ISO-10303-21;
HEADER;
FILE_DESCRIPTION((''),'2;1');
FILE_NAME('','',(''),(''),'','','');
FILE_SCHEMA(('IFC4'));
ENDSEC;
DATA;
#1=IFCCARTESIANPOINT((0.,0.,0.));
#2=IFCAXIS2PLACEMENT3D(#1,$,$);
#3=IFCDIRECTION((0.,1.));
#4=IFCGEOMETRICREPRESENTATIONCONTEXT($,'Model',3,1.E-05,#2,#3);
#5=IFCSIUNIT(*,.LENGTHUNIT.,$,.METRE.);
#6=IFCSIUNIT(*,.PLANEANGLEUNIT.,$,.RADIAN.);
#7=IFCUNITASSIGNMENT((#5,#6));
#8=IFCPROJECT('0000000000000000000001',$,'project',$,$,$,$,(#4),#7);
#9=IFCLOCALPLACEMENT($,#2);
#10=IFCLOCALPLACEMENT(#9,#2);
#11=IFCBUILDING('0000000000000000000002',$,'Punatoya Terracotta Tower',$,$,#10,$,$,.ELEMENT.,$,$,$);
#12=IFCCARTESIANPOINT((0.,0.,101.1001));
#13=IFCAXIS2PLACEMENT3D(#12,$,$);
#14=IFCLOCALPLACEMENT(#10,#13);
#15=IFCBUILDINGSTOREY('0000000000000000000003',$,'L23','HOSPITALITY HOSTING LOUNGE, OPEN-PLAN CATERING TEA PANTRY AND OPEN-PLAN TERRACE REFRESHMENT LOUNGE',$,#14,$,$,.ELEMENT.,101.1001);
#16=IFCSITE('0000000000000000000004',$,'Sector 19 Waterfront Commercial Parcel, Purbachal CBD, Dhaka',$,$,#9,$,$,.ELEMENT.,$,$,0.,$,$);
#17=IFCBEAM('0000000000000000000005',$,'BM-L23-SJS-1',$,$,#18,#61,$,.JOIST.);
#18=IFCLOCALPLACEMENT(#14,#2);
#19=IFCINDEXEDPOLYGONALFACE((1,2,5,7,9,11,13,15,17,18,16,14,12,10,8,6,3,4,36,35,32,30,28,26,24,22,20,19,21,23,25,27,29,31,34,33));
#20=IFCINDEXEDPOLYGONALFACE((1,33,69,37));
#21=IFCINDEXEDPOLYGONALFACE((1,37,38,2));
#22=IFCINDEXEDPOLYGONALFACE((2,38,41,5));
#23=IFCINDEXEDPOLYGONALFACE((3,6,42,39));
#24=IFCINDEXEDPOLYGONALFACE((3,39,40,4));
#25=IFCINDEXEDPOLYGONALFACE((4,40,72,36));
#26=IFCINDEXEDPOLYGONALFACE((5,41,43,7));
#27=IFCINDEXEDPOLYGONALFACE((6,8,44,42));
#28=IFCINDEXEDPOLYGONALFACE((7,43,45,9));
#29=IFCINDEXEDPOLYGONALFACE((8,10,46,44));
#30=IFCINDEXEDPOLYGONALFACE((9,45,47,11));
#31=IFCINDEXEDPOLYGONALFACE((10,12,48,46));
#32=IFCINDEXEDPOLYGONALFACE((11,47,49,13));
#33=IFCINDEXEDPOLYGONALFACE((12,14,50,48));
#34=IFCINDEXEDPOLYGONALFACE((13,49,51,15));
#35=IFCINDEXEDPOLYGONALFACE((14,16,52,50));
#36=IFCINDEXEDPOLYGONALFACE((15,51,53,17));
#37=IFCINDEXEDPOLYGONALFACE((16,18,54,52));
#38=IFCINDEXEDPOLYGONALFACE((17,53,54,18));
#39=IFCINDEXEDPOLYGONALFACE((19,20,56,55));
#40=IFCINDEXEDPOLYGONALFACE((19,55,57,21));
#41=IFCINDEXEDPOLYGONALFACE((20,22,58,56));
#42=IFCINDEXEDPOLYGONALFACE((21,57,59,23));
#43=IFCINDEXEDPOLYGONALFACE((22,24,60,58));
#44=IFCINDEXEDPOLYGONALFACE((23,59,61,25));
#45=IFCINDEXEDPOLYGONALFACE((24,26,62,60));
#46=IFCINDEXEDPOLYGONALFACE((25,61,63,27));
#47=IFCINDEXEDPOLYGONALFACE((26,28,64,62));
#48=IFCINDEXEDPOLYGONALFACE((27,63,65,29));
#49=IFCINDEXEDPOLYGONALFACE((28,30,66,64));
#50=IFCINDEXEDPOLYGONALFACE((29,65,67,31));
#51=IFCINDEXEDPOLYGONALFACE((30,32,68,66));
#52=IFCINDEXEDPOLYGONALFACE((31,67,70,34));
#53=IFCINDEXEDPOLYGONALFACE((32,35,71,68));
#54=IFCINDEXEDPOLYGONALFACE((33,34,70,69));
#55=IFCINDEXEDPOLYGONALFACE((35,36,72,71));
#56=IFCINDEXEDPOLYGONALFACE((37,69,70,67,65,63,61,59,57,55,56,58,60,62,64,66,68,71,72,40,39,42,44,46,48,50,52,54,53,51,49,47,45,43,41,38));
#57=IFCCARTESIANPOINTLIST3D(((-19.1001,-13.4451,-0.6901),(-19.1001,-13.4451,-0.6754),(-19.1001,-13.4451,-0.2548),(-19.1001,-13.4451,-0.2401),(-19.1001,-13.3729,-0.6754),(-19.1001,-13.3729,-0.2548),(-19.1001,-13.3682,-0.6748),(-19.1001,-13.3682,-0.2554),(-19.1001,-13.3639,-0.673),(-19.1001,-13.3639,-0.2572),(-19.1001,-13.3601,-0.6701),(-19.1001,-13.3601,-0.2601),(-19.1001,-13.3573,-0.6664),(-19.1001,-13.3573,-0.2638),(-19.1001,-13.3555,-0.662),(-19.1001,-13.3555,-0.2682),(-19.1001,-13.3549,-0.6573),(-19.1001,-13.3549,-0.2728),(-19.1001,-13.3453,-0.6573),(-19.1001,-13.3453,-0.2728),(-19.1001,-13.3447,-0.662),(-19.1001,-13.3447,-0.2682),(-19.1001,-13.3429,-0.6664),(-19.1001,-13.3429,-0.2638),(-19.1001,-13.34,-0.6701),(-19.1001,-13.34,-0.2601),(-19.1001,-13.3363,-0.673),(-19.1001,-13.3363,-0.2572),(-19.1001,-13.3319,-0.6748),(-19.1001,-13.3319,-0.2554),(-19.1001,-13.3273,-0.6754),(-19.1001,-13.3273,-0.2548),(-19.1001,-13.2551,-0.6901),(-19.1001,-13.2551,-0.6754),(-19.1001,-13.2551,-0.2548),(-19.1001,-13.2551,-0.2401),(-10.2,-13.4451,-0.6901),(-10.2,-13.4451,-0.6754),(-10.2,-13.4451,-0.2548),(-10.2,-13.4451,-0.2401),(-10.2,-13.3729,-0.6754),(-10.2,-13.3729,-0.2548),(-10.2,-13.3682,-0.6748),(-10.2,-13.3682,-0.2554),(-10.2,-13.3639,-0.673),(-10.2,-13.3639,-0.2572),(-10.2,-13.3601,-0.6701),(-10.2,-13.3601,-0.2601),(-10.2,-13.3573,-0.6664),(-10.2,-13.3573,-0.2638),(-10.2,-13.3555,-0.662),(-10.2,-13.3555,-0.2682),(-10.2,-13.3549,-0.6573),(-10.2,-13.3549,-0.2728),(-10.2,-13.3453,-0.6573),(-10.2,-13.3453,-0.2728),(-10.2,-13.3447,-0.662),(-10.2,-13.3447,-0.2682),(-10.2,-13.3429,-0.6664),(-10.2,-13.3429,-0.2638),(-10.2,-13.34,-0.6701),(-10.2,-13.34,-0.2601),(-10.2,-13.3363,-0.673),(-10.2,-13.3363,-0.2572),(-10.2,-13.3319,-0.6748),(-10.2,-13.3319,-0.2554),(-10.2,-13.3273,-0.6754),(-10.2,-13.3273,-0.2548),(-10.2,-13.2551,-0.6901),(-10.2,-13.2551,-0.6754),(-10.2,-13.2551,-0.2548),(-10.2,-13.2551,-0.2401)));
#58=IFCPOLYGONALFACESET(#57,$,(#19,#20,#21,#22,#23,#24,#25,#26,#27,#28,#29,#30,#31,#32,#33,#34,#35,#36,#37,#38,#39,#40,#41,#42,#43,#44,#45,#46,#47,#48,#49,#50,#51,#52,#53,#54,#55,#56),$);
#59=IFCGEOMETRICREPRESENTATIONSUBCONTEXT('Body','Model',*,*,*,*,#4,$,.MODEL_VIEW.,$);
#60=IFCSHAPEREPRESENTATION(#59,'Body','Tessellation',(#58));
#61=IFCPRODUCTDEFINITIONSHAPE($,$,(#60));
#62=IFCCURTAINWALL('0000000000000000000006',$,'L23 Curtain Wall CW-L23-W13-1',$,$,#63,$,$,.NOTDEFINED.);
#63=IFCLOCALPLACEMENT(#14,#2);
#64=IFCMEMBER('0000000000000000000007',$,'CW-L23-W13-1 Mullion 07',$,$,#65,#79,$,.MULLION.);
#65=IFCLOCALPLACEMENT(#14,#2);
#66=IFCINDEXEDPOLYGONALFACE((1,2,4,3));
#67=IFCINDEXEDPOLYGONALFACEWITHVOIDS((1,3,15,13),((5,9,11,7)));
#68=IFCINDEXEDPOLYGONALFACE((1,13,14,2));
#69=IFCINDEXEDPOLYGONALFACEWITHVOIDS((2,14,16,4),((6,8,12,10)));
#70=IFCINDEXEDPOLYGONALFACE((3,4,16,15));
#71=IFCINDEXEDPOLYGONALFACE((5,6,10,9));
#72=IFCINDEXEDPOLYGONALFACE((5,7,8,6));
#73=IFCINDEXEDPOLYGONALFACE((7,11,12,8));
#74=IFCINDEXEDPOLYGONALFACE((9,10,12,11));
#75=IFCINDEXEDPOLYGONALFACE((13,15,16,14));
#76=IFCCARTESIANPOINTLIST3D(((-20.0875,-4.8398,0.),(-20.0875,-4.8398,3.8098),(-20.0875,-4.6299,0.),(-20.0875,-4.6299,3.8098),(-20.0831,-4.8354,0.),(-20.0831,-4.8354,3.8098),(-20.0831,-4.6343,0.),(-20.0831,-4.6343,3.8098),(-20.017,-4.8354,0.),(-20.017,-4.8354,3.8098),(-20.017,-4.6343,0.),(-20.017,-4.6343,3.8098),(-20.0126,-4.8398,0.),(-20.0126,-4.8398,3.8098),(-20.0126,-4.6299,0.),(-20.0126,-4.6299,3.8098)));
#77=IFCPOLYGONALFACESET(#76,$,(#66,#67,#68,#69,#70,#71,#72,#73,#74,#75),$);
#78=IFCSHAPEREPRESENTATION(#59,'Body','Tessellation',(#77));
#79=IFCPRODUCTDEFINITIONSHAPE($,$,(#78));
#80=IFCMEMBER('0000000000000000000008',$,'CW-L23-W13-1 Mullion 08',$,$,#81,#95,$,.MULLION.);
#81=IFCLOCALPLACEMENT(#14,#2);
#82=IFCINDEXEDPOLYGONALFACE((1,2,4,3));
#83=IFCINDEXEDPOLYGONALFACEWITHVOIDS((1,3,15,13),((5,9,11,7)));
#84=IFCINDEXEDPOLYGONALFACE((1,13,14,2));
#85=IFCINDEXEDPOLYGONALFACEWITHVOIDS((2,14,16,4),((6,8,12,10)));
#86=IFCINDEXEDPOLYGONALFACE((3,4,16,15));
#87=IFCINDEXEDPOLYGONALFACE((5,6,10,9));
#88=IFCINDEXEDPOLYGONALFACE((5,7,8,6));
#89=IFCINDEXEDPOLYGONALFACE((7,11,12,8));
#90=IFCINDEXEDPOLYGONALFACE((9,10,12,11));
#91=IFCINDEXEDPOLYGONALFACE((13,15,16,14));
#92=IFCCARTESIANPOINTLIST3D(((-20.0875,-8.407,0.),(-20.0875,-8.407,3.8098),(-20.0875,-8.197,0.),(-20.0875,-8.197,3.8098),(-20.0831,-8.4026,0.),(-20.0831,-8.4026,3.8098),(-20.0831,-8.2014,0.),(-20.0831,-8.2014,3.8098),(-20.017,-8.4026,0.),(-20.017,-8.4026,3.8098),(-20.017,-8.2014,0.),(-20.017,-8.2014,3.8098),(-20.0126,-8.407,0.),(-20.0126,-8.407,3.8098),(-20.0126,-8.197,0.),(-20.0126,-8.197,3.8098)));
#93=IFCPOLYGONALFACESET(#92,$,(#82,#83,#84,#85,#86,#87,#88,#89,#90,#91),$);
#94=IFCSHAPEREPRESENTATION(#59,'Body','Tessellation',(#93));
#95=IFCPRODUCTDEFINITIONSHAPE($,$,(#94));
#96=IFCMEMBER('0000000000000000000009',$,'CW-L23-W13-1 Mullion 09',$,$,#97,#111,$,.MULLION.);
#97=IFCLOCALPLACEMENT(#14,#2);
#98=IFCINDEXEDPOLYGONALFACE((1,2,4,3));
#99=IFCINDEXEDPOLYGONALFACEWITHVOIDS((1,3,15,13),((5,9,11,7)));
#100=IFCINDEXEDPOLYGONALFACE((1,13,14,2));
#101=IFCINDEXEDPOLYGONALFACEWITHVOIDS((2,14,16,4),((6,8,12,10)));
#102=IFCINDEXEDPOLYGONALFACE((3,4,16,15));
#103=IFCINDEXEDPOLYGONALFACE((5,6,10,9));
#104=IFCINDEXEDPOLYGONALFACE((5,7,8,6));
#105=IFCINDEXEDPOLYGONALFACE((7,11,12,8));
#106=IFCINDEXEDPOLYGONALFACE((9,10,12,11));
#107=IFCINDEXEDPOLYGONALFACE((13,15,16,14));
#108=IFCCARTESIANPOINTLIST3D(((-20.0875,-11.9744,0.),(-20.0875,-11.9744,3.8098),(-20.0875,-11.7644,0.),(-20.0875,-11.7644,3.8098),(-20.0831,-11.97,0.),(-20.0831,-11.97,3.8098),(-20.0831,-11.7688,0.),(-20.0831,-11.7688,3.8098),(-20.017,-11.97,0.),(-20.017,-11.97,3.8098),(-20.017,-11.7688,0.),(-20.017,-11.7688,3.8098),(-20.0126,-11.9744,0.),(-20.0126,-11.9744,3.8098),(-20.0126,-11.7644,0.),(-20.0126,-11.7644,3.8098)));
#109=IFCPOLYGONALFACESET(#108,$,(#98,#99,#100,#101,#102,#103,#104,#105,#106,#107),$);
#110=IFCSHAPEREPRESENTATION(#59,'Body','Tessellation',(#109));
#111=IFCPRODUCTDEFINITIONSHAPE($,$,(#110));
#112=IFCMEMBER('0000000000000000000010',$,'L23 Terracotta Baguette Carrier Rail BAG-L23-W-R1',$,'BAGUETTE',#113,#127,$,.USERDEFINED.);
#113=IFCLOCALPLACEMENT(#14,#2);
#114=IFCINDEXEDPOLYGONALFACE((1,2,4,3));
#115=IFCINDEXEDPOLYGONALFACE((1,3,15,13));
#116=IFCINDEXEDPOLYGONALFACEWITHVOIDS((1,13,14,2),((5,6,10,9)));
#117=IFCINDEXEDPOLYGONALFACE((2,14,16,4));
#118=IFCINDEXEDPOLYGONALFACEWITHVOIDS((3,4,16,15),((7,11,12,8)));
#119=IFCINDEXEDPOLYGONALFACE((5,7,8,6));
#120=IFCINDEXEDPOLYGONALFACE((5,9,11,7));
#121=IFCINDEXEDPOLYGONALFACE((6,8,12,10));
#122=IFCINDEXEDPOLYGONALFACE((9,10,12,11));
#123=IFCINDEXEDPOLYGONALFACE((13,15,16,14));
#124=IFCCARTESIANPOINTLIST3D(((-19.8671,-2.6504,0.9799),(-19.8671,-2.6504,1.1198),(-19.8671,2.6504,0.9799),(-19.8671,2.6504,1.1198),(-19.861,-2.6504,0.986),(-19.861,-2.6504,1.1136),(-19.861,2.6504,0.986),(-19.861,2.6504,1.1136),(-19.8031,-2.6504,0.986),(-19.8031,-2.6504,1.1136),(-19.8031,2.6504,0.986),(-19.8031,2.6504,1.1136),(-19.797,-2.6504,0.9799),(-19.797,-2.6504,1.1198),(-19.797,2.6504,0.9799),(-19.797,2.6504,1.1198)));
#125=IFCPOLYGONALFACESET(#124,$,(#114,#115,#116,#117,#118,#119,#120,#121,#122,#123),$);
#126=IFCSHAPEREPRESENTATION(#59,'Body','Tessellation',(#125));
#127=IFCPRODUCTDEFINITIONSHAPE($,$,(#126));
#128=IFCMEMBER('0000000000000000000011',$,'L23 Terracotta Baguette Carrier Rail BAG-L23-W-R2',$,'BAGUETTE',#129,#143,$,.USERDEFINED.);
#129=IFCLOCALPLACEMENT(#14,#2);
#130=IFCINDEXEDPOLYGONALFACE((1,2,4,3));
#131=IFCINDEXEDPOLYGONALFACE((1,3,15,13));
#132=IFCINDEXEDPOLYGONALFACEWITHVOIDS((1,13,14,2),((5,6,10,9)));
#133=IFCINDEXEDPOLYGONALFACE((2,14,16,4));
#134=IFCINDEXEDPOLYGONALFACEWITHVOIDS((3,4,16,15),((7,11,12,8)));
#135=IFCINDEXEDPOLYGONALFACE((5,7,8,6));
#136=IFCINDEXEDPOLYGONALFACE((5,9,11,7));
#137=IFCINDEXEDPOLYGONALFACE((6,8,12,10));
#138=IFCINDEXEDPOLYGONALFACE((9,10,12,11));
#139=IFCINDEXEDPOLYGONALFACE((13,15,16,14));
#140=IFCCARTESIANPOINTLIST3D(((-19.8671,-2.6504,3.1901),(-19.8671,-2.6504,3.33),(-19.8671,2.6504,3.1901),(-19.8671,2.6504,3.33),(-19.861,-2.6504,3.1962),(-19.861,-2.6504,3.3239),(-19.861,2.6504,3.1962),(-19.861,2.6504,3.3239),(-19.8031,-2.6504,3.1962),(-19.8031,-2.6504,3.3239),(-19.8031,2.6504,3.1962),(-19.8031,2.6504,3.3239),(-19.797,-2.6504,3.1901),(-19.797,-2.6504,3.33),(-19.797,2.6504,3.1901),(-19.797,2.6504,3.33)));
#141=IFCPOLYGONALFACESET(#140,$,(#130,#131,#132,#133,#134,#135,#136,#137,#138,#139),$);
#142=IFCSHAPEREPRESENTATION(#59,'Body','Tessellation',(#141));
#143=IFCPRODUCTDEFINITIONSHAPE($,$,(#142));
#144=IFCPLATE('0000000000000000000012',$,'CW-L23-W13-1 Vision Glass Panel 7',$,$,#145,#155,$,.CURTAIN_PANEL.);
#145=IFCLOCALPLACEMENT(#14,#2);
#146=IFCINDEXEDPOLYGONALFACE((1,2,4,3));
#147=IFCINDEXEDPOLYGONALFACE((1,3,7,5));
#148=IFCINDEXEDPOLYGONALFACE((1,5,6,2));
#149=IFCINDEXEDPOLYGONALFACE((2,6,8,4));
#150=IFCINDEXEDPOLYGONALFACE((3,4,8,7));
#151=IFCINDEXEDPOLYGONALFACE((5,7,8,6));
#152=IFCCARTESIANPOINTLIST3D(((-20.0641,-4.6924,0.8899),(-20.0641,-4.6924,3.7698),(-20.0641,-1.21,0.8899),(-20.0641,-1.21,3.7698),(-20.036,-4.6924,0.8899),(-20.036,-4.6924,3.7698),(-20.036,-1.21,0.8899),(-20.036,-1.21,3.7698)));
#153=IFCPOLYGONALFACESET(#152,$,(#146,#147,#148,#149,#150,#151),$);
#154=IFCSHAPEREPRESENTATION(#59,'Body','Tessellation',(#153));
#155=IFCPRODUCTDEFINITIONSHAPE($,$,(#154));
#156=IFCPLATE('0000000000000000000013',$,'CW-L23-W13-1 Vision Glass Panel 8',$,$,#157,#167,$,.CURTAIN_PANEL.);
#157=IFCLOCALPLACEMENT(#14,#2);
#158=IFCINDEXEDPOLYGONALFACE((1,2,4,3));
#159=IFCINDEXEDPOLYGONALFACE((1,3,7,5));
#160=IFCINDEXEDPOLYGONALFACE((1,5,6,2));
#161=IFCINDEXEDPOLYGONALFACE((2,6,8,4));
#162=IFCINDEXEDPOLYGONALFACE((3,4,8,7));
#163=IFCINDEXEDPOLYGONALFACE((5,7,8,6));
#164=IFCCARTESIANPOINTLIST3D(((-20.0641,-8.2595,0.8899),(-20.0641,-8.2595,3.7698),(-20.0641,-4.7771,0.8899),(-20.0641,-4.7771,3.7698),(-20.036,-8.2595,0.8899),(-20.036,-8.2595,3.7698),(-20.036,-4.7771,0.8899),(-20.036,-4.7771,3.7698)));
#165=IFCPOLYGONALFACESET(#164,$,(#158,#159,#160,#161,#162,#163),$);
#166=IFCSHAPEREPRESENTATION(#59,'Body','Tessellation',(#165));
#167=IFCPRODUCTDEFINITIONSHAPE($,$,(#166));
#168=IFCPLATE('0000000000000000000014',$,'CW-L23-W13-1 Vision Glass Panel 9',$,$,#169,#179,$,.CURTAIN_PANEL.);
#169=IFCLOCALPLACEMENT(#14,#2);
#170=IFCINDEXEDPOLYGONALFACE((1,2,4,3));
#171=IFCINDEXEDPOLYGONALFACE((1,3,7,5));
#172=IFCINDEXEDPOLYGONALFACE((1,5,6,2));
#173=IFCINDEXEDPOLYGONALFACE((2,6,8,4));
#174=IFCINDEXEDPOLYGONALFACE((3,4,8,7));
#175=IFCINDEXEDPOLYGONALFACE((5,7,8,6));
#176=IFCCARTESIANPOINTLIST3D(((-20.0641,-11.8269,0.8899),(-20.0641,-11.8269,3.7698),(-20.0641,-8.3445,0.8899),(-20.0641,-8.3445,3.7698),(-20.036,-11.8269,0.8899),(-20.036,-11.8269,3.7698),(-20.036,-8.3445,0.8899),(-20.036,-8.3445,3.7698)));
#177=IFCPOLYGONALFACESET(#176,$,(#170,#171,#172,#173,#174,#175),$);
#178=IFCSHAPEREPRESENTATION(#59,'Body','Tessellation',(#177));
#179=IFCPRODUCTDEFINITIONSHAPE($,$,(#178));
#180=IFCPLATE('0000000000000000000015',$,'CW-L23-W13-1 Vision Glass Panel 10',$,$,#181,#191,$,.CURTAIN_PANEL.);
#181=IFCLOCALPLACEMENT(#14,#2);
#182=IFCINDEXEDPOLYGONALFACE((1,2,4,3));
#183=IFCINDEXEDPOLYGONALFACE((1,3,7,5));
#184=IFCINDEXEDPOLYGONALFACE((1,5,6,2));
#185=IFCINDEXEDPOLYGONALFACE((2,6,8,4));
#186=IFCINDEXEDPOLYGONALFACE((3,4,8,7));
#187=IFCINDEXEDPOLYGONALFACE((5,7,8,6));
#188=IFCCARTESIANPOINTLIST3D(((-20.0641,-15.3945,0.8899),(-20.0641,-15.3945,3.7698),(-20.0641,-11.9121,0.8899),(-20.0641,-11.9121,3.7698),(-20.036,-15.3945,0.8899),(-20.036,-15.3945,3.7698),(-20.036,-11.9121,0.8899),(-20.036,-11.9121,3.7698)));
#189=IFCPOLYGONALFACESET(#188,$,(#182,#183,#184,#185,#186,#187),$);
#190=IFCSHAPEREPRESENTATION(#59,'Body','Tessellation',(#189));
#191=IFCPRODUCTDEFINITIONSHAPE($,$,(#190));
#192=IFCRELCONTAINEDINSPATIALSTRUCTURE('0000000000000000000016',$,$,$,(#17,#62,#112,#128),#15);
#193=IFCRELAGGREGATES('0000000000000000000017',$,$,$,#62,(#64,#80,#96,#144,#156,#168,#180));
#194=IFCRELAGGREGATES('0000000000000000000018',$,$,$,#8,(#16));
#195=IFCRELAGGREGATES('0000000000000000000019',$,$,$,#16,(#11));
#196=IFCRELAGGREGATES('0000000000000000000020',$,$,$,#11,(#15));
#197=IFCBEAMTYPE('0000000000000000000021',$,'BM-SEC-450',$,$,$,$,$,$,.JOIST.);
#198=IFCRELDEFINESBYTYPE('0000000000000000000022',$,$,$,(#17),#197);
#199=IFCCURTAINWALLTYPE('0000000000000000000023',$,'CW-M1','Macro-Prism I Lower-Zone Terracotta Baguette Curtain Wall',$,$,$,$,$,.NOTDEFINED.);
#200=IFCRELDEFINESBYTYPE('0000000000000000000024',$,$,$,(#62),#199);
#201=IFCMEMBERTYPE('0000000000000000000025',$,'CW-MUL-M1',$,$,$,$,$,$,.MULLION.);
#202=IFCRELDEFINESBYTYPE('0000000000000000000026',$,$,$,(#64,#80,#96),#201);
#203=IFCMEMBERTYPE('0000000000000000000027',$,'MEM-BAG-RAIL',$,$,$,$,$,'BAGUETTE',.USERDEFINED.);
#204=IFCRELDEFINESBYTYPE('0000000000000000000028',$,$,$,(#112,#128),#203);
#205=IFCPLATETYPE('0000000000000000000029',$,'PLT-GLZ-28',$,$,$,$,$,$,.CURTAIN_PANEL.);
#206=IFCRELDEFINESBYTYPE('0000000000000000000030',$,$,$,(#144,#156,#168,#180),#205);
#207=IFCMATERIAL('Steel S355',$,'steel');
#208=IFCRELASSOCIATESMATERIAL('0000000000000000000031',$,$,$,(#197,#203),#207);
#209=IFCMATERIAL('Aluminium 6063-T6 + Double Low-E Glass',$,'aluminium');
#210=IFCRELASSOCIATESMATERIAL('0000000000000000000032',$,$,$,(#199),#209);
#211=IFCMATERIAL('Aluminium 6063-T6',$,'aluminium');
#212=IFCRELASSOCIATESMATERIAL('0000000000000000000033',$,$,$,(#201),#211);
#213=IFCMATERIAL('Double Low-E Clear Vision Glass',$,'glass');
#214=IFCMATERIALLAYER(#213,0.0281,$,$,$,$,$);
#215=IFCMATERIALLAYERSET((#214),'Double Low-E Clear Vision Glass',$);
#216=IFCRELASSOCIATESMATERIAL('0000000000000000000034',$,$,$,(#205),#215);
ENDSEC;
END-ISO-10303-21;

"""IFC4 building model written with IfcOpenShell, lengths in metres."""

from ifc_helpers import new_model, si_unit, direction, frame, origin, origin_2d, place, context, subcontext, project, spatial, rectangle, hollow_rectangle, i_section, extrude, material, layer, layer_set, material_profile, profile_set, type_object, element, aggregate, save


model = new_model("IFC4")

# Units and contexts
model_context = context("Model", 3, precision=1e-05, world=origin(), true_north=direction((0.0, 1.0)))
body_context = subcontext(model_context, "Body", "Model", "MODEL_VIEW")
ifc_project = project(units=[si_unit("LENGTHUNIT", "METRE"), si_unit("PLANEANGLEUNIT", "RADIAN")], contexts=[model_context])

# Site, building, storey
site_placement = place(None, origin())
site = spatial("IfcSite", under=ifc_project, at=site_placement, Name="Sector 19 Waterfront Commercial Parcel, Purbachal CBD, Dhaka", CompositionType="ELEMENT", RefElevation=0.0)
building_placement = place(site_placement, origin())
building = spatial("IfcBuilding", under=site, at=building_placement, Name="Punatoya Terracotta Tower", CompositionType="ELEMENT")
storey_placement = place(building_placement, frame((0.0, 0.0, 101.1001)))
storey = spatial("IfcBuildingStorey", under=building, at=storey_placement, Name="L23", Description="HOSPITALITY HOSTING LOUNGE, OPEN-PLAN CATERING TEA PANTRY AND OPEN-PLAN TERRACE REFRESHMENT LOUNGE", CompositionType="ELEMENT", Elevation=101.1001)

# Beam
ifc_material_1 = material(Name="Steel S355", Category="steel")
ifc_material_profile_1 = material_profile(ifc_material_1, i_section(OverallWidth=0.1899, OverallDepth=0.45, WebThickness=0.0095, FlangeThickness=0.0146, FilletRadius=0.0181, at=origin_2d()))
ifc_profile_set_1 = profile_set([ifc_material_profile_1], Name="Steel S355")
beam_type_1 = type_object("IfcBeamType", Name="BM-SEC-450", PredefinedType="JOIST", material=ifc_profile_set_1)
beam_1_placement = place(storey_placement, frame((-19.1001, -13.3501, -0.4651), z_axis=(1.0, 0.0, 0.0), x_axis=(0.0, 1.0, 0.0)))
element("IfcBeam", 1, at=beam_1_placement, inside=storey, type_object=beam_type_1, Name="BM-L23-SJS-1", PredefinedType="JOIST", context=body_context, shape_type="SweptSolid", body=[
    extrude(i_section(OverallWidth=0.1899, OverallDepth=0.45, WebThickness=0.0095, FlangeThickness=0.0146, FilletRadius=0.0181, at=origin_2d()), origin(), (0.0, 0.0, 1.0), 8.9001),
])

# Curtain wall, members
ifc_material_2 = material(Name="Aluminium 6063-T6 + Double Low-E Glass", Category="aluminium")
curtain_wall_type = type_object("IfcCurtainWallType", Name="CW-M1", Description="Macro-Prism I Lower-Zone Terracotta Baguette Curtain Wall", PredefinedType="NOTDEFINED", material=ifc_material_2)
curtain_wall_placement = place(storey_placement, origin())
curtain_wall = element("IfcCurtainWall", 2, at=curtain_wall_placement, inside=storey, type_object=curtain_wall_type, Name="L23 Curtain Wall CW-L23-W13-1", PredefinedType="NOTDEFINED")
ifc_material_3 = material(Name="Aluminium 6063-T6", Category="aluminium")
ifc_material_profile_2 = material_profile(ifc_material_3, hollow_rectangle(XDim=0.075, YDim=0.21, WallThickness=0.0044, at=origin_2d()))
ifc_profile_set_2 = profile_set([ifc_material_profile_2], Name="Aluminium 6063-T6")
member_type_1 = type_object("IfcMemberType", Name="CW-MUL-M1", PredefinedType="MULLION", material=ifc_profile_set_2)
member_1_placement = place(storey_placement, frame((-20.05, -4.7349, 0.0), z_axis=(0.0, 0.0, 1.0), x_axis=(1.0, 0.0, 0.0)))
member_1 = element("IfcMember", 3, at=member_1_placement, type_object=member_type_1, Name="CW-L23-W13-1 Mullion 07", PredefinedType="MULLION", context=body_context, shape_type="SweptSolid", body=[
    extrude(hollow_rectangle(XDim=0.075, YDim=0.21, WallThickness=0.0044, at=origin_2d()), origin(), (0.0, 0.0, 1.0), 3.8098),
])
member_2_placement = place(storey_placement, frame((-20.05, -8.302, 0.0), z_axis=(0.0, 0.0, 1.0), x_axis=(1.0, 0.0, 0.0)))
member_2 = element("IfcMember", 4, at=member_2_placement, type_object=member_type_1, Name="CW-L23-W13-1 Mullion 08", PredefinedType="MULLION", context=body_context, shape_type="SweptSolid", body=[
    extrude(hollow_rectangle(XDim=0.075, YDim=0.21, WallThickness=0.0044, at=origin_2d()), origin(), (0.0, 0.0, 1.0), 3.8098),
])
member_3_placement = place(storey_placement, frame((-20.05, -11.8694, 0.0), z_axis=(0.0, 0.0, 1.0), x_axis=(1.0, 0.0, 0.0)))
member_3 = element("IfcMember", 5, at=member_3_placement, type_object=member_type_1, Name="CW-L23-W13-1 Mullion 09", PredefinedType="MULLION", context=body_context, shape_type="SweptSolid", body=[
    extrude(hollow_rectangle(XDim=0.075, YDim=0.21, WallThickness=0.0044, at=origin_2d()), origin(), (0.0, 0.0, 1.0), 3.8098),
])

# Members
ifc_material_profile_3 = material_profile(ifc_material_1, hollow_rectangle(XDim=0.0701, YDim=0.1399, WallThickness=0.0061, at=origin_2d()))
ifc_profile_set_3 = profile_set([ifc_material_profile_3], Name="Steel S355")
member_type_2 = type_object("IfcMemberType", Name="MEM-BAG-RAIL", ElementType="BAGUETTE", PredefinedType="USERDEFINED", material=ifc_profile_set_3)
for number, where, z_axis, x_axis, name in (
    (6, (-19.832, -2.6504, 1.0498), (0.0, 1.0, 0.0), (-1.0, 0.0, 0.0), "L23 Terracotta Baguette Carrier Rail BAG-L23-W-R1"),
    (7, (-19.832, -2.6504, 3.26), (0.0, 1.0, 0.0), (-1.0, 0.0, 0.0), "L23 Terracotta Baguette Carrier Rail BAG-L23-W-R2"),
):
    element("IfcMember", number, at=place(storey_placement, frame(where, z_axis=z_axis, x_axis=x_axis)), inside=storey, type_object=member_type_2, Name=name, ObjectType="BAGUETTE", PredefinedType="USERDEFINED", context=body_context, shape_type="SweptSolid", body=[
        extrude(hollow_rectangle(XDim=0.0701, YDim=0.1399, WallThickness=0.0061, at=origin_2d()), origin(), (0.0, 0.0, 1.0), 5.3008),
    ])

# Plates
ifc_material_4 = material(Name="Double Low-E Clear Vision Glass", Category="glass")
ifc_layer_1 = layer(ifc_material_4, 0.0281)
ifc_layer_set_1 = layer_set([ifc_layer_1], Name="Double Low-E Clear Vision Glass")
plate_type_1 = type_object("IfcPlateType", Name="PLT-GLZ-28", PredefinedType="CURTAIN_PANEL", material=ifc_layer_set_1)
plate_1_placement = place(storey_placement, frame((-20.05, -2.9512, 0.8899), z_axis=(0.0, 0.0, 1.0), x_axis=(0.0, -1.0, 0.0)))
plate_1 = element("IfcPlate", 8, at=plate_1_placement, type_object=plate_type_1, Name="CW-L23-W13-1 Vision Glass Panel 7", PredefinedType="CURTAIN_PANEL", context=body_context, shape_type="SweptSolid", body=[
    extrude(rectangle(XDim=3.4824, YDim=0.0281, at=origin_2d()), origin(), (0.0, 0.0, 1.0), 2.8799),
])
plate_2_placement = place(storey_placement, frame((-20.05, -6.5183, 0.8899), z_axis=(0.0, 0.0, 1.0), x_axis=(0.0, -1.0, 0.0)))
plate_2 = element("IfcPlate", 9, at=plate_2_placement, type_object=plate_type_1, Name="CW-L23-W13-1 Vision Glass Panel 8", PredefinedType="CURTAIN_PANEL", context=body_context, shape_type="SweptSolid", body=[
    extrude(rectangle(XDim=3.4824, YDim=0.0281, at=origin_2d()), origin(), (0.0, 0.0, 1.0), 2.8799),
])
plate_3_placement = place(storey_placement, frame((-20.05, -10.0857, 0.8899), z_axis=(0.0, 0.0, 1.0), x_axis=(0.0, -1.0, 0.0)))
plate_3 = element("IfcPlate", 10, at=plate_3_placement, type_object=plate_type_1, Name="CW-L23-W13-1 Vision Glass Panel 9", PredefinedType="CURTAIN_PANEL", context=body_context, shape_type="SweptSolid", body=[
    extrude(rectangle(XDim=3.4824, YDim=0.0281, at=origin_2d()), origin(), (0.0, 0.0, 1.0), 2.8799),
])
plate_4_placement = place(storey_placement, frame((-20.05, -13.6533, 0.8899), z_axis=(0.0, 0.0, 1.0), x_axis=(0.0, -1.0, 0.0)))
plate_4 = element("IfcPlate", 11, at=plate_4_placement, type_object=plate_type_1, Name="CW-L23-W13-1 Vision Glass Panel 10", PredefinedType="CURTAIN_PANEL", context=body_context, shape_type="SweptSolid", body=[
    extrude(rectangle(XDim=3.4824, YDim=0.0281, at=origin_2d()), origin(), (0.0, 0.0, 1.0), 2.8799),
])
aggregate(curtain_wall, [member_1, member_2, member_3, plate_1, plate_2, plate_3, plate_4])

save(model, "model.ifc")
